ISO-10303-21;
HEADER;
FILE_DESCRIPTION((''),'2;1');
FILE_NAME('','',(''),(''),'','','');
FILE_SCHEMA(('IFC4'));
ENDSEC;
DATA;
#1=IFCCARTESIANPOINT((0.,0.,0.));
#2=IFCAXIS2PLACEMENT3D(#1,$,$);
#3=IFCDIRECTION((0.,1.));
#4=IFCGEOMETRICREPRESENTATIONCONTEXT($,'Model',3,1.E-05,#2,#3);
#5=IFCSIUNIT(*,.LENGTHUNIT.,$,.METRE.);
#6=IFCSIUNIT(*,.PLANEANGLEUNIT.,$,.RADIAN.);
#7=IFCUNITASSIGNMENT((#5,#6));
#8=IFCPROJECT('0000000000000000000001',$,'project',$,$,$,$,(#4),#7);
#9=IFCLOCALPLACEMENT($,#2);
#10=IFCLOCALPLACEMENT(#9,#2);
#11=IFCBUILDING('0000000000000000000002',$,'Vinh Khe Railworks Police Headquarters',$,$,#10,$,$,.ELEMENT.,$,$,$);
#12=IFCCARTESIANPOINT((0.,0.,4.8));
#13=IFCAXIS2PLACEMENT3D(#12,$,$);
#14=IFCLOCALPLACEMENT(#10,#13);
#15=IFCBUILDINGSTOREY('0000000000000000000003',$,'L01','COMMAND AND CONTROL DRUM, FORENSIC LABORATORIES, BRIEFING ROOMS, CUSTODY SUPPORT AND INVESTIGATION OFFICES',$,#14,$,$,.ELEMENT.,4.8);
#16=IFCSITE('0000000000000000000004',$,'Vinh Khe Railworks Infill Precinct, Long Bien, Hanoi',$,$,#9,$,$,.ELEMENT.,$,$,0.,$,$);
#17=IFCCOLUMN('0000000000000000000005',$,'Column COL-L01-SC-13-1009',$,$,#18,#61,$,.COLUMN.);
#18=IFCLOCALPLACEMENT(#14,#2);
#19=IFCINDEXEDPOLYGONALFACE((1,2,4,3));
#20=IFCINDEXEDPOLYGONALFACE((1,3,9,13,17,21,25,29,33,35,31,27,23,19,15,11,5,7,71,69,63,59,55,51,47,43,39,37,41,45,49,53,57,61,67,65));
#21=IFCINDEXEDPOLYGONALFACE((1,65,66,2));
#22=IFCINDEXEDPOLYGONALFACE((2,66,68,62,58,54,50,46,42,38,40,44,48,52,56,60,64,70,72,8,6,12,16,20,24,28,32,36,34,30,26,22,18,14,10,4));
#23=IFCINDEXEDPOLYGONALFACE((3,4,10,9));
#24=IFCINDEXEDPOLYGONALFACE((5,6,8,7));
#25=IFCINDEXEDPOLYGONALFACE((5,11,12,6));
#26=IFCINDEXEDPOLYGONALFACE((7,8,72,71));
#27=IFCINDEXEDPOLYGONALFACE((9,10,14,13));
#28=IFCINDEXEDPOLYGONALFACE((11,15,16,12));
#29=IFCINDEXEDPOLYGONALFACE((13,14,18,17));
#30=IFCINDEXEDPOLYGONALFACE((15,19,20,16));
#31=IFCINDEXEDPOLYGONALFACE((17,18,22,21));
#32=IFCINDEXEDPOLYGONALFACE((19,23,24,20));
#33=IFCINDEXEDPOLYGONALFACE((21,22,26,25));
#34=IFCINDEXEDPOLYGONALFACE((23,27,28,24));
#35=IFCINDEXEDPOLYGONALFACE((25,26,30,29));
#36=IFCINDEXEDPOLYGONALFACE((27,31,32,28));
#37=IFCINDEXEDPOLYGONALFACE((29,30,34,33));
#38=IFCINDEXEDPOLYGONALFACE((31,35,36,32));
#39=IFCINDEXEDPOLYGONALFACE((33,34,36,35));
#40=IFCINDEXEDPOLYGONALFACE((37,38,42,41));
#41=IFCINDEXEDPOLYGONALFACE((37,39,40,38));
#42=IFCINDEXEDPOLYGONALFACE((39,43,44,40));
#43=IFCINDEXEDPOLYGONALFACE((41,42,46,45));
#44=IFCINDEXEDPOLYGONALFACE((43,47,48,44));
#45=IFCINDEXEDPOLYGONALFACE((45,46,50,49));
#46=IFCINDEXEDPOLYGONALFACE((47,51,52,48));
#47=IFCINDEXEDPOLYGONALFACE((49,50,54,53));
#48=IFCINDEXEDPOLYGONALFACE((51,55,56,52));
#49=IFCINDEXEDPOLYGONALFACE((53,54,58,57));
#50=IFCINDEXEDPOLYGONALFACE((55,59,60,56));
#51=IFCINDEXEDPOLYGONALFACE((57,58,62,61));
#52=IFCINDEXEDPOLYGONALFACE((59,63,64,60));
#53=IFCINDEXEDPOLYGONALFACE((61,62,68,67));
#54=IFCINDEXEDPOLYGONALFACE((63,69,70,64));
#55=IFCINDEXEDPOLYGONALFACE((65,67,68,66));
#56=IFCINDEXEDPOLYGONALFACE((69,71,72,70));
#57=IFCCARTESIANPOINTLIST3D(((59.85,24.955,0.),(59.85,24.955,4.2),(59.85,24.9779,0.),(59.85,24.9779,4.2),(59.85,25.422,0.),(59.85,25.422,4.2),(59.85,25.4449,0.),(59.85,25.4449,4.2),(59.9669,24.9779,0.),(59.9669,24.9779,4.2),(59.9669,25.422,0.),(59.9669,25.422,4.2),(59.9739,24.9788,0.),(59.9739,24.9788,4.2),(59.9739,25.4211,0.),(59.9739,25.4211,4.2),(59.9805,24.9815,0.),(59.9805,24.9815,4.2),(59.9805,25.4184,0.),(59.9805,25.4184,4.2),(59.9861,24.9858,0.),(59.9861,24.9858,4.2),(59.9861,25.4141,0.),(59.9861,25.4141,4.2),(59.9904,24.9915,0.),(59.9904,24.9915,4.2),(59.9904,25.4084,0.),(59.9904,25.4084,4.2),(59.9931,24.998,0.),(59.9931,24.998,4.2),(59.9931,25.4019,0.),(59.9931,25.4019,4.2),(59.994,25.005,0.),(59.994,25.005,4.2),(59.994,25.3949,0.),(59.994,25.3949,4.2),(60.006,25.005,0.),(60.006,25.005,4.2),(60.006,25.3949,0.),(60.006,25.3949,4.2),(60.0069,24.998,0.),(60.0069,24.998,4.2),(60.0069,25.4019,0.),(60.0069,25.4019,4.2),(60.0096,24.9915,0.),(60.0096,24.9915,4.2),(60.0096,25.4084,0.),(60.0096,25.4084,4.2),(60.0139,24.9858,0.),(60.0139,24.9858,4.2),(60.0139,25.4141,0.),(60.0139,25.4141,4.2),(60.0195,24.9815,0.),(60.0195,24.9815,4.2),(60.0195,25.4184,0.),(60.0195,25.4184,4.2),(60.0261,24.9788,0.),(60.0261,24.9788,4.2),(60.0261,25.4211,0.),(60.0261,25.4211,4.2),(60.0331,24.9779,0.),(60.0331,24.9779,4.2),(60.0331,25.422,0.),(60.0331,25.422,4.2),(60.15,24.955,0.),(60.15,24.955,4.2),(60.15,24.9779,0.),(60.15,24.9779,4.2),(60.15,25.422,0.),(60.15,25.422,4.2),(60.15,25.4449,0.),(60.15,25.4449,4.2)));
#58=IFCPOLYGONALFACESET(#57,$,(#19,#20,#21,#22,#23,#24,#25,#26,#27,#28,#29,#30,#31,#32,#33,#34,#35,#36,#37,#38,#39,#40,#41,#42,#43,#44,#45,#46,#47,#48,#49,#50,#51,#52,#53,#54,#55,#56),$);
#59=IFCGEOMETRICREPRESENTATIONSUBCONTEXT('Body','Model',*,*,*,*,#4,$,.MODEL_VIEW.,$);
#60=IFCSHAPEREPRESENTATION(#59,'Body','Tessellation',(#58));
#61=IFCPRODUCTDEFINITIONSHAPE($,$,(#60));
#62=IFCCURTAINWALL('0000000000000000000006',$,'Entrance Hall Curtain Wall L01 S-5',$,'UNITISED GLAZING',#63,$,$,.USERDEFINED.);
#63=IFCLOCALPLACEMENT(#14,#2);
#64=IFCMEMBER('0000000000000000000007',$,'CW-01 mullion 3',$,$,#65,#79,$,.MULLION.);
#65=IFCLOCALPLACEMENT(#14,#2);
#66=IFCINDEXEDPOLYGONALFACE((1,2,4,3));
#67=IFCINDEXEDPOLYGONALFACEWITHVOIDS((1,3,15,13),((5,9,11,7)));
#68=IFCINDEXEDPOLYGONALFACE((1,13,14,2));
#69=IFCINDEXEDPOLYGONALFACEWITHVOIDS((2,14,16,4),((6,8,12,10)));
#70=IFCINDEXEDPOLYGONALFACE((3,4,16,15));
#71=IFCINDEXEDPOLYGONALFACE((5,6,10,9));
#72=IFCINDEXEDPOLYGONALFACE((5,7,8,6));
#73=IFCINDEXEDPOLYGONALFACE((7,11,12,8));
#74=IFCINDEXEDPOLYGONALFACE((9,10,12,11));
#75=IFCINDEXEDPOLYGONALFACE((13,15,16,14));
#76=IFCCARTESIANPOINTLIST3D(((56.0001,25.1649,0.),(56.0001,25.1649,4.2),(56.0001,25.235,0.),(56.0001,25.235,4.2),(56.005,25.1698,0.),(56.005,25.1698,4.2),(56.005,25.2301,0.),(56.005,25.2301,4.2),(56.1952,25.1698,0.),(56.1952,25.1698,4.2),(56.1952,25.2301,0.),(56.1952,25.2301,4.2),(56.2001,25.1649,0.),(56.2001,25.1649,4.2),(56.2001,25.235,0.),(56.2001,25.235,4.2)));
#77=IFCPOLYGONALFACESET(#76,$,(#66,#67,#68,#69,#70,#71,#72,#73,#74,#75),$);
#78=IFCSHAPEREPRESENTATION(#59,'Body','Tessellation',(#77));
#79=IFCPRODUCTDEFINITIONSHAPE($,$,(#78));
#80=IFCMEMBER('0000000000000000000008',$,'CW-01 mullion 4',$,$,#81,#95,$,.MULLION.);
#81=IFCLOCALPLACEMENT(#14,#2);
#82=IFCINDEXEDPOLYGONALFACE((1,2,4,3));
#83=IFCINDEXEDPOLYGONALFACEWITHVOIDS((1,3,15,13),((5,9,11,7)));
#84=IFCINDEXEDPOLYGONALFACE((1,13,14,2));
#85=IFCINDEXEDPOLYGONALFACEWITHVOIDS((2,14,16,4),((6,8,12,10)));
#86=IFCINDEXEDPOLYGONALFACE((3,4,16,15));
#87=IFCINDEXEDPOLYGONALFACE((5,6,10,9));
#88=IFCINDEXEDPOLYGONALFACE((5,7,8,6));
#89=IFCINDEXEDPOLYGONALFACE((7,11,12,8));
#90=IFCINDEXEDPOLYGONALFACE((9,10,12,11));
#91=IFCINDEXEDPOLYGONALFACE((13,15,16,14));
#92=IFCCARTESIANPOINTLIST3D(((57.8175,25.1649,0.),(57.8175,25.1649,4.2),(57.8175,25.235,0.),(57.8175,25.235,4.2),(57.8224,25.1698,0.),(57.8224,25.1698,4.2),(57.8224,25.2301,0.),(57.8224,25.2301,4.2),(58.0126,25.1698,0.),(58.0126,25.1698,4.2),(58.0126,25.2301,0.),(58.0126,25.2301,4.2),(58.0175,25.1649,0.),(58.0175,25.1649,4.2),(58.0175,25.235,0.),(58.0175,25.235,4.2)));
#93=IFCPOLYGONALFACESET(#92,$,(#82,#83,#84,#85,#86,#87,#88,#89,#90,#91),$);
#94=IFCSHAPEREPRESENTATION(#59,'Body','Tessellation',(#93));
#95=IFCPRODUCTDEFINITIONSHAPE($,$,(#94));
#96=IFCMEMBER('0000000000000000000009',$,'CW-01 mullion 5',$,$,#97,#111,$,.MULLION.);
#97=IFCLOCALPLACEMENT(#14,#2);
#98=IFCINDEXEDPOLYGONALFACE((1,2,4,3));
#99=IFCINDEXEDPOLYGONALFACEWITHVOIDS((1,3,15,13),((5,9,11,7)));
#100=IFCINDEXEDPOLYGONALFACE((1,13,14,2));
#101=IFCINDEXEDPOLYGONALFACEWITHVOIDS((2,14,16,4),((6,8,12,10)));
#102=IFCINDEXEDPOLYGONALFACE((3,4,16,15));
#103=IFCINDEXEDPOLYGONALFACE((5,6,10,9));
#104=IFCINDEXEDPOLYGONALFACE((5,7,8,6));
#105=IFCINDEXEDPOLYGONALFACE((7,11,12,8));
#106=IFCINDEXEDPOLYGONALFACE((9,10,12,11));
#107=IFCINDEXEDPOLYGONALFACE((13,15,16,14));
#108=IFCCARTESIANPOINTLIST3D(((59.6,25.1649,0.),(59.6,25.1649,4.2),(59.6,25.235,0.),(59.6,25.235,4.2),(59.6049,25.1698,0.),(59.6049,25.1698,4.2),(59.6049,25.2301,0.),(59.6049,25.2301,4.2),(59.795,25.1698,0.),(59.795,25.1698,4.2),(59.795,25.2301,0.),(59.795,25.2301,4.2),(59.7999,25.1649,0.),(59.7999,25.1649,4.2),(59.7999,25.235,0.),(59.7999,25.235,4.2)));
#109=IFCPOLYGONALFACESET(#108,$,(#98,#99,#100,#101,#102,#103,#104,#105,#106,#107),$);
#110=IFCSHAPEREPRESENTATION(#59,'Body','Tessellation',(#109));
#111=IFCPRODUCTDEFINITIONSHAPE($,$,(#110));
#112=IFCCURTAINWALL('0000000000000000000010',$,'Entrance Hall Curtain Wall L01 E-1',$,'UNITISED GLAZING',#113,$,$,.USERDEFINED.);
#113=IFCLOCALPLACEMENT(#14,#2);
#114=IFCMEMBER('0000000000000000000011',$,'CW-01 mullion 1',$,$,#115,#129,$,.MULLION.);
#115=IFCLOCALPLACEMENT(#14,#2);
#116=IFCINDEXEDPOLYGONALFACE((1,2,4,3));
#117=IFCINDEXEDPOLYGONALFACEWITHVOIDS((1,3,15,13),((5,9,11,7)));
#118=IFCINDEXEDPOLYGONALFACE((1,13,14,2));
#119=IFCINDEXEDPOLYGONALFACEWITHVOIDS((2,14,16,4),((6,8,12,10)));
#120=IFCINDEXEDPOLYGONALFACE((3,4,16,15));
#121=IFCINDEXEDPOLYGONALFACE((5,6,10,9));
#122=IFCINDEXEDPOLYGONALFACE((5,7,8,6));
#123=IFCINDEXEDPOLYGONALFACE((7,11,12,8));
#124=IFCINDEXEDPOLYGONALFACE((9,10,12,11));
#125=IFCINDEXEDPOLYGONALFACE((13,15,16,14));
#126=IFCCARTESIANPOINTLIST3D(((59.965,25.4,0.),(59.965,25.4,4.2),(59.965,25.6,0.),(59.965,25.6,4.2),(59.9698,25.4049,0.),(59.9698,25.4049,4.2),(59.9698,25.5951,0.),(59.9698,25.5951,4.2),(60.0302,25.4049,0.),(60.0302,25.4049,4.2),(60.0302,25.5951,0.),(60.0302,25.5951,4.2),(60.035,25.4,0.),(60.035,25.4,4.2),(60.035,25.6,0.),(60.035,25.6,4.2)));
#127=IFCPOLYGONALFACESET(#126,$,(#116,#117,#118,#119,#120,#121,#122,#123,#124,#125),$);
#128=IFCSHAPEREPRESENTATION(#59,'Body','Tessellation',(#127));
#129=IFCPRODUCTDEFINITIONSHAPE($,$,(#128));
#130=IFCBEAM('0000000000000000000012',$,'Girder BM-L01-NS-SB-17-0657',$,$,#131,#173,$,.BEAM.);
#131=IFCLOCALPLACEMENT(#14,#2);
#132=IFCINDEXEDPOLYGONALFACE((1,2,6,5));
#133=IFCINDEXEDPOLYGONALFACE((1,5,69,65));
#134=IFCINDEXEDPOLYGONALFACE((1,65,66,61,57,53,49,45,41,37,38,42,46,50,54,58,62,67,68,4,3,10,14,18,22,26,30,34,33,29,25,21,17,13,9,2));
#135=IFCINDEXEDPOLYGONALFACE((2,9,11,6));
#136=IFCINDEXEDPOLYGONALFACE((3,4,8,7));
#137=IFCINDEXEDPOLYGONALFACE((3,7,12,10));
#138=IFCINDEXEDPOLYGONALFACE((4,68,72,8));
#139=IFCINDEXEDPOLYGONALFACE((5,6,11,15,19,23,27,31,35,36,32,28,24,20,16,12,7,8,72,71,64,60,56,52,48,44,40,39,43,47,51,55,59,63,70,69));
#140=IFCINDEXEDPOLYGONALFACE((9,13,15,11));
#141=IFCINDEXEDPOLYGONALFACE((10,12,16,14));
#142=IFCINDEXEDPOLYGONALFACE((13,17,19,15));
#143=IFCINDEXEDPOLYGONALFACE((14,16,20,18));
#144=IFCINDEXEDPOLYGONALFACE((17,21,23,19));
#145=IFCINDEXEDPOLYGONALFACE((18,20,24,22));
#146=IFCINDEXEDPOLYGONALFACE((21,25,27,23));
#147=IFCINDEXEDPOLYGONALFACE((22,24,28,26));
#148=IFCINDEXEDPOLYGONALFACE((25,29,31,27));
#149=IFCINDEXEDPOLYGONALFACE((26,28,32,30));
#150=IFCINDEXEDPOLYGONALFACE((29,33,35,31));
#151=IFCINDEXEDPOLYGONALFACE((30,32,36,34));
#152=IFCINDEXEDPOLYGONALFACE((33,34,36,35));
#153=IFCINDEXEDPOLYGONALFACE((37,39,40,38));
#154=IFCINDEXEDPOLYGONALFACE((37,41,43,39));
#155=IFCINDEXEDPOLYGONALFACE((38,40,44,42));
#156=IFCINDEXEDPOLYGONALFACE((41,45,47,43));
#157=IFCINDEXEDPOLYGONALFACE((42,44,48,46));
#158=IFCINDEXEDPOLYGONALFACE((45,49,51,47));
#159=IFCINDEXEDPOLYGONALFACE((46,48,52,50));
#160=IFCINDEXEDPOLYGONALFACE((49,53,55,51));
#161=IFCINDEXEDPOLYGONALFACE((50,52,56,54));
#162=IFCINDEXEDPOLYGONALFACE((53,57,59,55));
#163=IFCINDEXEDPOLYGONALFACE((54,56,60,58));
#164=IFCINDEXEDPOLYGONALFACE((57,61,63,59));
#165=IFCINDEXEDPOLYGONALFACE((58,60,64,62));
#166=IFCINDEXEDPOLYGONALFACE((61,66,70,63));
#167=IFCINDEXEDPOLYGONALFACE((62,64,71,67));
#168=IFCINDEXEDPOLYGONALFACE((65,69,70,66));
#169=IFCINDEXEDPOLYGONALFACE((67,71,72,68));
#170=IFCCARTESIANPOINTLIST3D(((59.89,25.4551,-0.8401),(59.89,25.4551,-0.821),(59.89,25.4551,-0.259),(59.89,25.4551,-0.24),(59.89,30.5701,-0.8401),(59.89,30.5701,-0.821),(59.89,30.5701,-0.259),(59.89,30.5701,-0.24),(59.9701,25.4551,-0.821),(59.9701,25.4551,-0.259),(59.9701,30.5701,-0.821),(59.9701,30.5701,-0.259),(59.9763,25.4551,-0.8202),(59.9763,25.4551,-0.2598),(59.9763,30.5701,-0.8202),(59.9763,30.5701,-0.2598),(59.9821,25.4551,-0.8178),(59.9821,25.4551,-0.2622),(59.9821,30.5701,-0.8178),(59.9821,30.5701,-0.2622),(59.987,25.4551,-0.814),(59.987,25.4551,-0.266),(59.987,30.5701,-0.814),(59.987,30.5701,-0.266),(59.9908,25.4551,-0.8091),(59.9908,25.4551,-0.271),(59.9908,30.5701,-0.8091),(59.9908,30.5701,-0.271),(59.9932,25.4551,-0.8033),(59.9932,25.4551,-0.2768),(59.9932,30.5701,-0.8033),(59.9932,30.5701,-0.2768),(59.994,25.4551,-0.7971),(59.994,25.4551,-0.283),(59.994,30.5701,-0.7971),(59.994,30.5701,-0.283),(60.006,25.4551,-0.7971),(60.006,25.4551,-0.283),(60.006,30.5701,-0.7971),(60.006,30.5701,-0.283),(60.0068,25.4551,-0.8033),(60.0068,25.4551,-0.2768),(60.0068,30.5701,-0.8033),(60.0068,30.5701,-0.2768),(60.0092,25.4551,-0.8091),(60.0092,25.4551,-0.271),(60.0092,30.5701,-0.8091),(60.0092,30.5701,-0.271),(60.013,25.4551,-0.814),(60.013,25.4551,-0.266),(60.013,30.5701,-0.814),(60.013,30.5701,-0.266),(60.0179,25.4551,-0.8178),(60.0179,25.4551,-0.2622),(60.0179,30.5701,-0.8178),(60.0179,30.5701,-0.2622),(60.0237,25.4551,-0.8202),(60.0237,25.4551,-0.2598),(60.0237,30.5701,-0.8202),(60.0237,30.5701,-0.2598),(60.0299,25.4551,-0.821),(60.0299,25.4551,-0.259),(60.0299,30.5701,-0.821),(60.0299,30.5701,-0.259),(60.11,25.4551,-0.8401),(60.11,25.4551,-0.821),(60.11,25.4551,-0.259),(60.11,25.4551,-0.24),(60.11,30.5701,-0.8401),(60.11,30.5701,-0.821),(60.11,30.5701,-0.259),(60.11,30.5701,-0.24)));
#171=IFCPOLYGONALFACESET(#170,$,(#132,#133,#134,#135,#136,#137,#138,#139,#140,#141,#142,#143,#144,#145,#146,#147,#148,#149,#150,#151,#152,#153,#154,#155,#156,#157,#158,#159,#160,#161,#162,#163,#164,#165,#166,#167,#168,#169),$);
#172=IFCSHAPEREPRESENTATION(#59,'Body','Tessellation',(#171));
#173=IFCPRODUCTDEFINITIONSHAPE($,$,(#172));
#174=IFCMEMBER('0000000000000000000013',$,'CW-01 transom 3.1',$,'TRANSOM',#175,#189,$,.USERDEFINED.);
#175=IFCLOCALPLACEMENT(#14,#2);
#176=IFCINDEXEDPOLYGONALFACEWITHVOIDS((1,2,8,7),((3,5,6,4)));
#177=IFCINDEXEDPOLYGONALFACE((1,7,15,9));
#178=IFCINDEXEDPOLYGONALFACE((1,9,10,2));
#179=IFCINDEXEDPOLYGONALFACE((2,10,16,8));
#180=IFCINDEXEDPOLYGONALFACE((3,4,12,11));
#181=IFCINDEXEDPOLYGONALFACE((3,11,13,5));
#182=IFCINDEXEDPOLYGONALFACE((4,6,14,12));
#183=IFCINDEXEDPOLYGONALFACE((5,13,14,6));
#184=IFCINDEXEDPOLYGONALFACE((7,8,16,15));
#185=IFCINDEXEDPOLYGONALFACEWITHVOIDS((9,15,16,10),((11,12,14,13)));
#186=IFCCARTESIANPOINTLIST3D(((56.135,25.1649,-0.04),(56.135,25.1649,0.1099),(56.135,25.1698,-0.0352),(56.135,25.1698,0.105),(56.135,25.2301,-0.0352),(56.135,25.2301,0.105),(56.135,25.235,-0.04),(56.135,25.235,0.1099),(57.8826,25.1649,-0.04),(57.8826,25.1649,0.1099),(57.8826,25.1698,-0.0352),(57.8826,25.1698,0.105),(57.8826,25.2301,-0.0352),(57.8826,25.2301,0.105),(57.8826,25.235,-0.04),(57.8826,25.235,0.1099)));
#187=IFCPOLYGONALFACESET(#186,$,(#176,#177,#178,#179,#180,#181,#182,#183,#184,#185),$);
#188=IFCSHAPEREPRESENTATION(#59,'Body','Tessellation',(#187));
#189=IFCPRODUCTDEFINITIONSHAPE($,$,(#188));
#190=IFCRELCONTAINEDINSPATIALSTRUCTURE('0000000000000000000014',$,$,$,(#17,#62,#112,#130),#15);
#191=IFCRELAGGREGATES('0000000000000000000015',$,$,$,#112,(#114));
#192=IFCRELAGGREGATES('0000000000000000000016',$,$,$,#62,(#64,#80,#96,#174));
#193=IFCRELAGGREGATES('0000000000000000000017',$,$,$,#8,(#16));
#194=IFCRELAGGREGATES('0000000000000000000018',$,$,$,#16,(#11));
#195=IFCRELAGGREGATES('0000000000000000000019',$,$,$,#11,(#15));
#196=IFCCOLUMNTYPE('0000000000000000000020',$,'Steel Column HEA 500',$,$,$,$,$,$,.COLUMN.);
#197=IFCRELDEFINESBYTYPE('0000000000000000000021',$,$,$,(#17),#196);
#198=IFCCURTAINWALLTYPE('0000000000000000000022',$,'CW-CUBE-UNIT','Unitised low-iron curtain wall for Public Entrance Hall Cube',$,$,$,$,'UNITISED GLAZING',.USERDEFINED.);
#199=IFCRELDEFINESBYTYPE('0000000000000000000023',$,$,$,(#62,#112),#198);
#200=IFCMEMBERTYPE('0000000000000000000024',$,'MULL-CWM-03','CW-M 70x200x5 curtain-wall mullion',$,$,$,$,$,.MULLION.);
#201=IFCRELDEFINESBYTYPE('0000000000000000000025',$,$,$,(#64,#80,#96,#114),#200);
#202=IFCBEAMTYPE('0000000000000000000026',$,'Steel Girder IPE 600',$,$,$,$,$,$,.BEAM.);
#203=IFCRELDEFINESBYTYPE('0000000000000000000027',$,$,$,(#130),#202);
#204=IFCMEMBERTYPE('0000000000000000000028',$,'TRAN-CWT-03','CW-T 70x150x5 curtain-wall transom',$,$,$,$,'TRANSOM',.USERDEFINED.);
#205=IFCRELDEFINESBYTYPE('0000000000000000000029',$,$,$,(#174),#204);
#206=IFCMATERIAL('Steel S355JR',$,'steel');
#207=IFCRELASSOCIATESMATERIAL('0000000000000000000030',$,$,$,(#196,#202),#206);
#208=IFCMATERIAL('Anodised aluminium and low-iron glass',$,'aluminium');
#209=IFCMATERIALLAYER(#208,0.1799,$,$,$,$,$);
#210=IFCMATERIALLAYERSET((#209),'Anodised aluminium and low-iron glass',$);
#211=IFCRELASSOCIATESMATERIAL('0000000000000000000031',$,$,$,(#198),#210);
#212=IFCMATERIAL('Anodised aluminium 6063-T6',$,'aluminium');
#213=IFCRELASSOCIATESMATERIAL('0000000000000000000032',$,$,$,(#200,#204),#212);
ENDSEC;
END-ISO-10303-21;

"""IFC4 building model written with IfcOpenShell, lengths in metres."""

from ifc_helpers import new_model, si_unit, direction, frame, origin, origin_2d, place, context, subcontext, project, spatial, hollow_rectangle, i_section, extrude, material, layer, layer_set, material_profile, profile_set, type_object, element, aggregate, save


model = new_model("IFC4")

# Units and contexts
model_context = context("Model", 3, precision=1e-05, world=origin(), true_north=direction((0.0, 1.0)))
body_context = subcontext(model_context, "Body", "Model", "MODEL_VIEW")
ifc_project = project(units=[si_unit("LENGTHUNIT", "METRE"), si_unit("PLANEANGLEUNIT", "RADIAN")], contexts=[model_context])

# Site, building, storey
site_placement = place(None, origin())
site = spatial("IfcSite", under=ifc_project, at=site_placement, Name="Vinh Khe Railworks Infill Precinct, Long Bien, Hanoi", CompositionType="ELEMENT", RefElevation=0.0)
building_placement = place(site_placement, origin())
building = spatial("IfcBuilding", under=site, at=building_placement, Name="Vinh Khe Railworks Police Headquarters", CompositionType="ELEMENT")
storey_placement = place(building_placement, frame((0.0, 0.0, 4.8)))
storey = spatial("IfcBuildingStorey", under=building, at=storey_placement, Name="L01", Description="COMMAND AND CONTROL DRUM, FORENSIC LABORATORIES, BRIEFING ROOMS, CUSTODY SUPPORT AND INVESTIGATION OFFICES", CompositionType="ELEMENT", Elevation=4.8)

# Column
ifc_material_1 = material(Name="Steel S355JR", Category="steel")
ifc_material_profile_1 = material_profile(ifc_material_1, i_section(OverallWidth=0.3, OverallDepth=0.49, WebThickness=0.012, FlangeThickness=0.0229, FilletRadius=0.0271, at=origin_2d()), Name="HEA 500")
ifc_profile_set_1 = profile_set([ifc_material_profile_1], Name="Steel S355JR")
column_type = type_object("IfcColumnType", Name="Steel Column HEA 500", PredefinedType="COLUMN", material=ifc_profile_set_1)
column_placement = place(storey_placement, frame((60.0, 25.2, 0.0), z_axis=(0.0, 0.0, 1.0), x_axis=(1.0, 0.0, 0.0)))
element("IfcColumn", 1, at=column_placement, inside=storey, type_object=column_type, Name="Column COL-L01-SC-13-1009", PredefinedType="COLUMN", context=body_context, shape_type="SweptSolid", body=[
    extrude(i_section(OverallWidth=0.3, OverallDepth=0.49, WebThickness=0.012, FlangeThickness=0.0229, FilletRadius=0.0271, at=origin_2d()), origin(), (0.0, 0.0, 1.0), 4.2),
])

# Curtain wall, members
ifc_material_2 = material(Name="Anodised aluminium and low-iron glass", Category="aluminium")
ifc_layer_1 = layer(ifc_material_2, 0.1799)
ifc_layer_set_1 = layer_set([ifc_layer_1], Name="Anodised aluminium and low-iron glass")
curtain_wall_type = type_object("IfcCurtainWallType", Name="CW-CUBE-UNIT", Description="Unitised low-iron curtain wall for Public Entrance Hall Cube", ElementType="UNITISED GLAZING", PredefinedType="USERDEFINED", material=ifc_layer_set_1)
curtain_wall_1_placement = place(storey_placement, origin())
curtain_wall_1 = element("IfcCurtainWall", 2, at=curtain_wall_1_placement, inside=storey, type_object=curtain_wall_type, Name="Entrance Hall Curtain Wall L01 S-5", ObjectType="UNITISED GLAZING", PredefinedType="USERDEFINED")
ifc_material_3 = material(Name="Anodised aluminium 6063-T6", Category="aluminium")
ifc_material_profile_2 = material_profile(ifc_material_3, hollow_rectangle(XDim=0.0701, YDim=0.2, WallThickness=0.0049, at=origin_2d()), Name="CW-M 70x200x5")
ifc_profile_set_2 = profile_set([ifc_material_profile_2], Name="Anodised aluminium 6063-T6")
member_type_1 = type_object("IfcMemberType", Name="MULL-CWM-03", Description="CW-M 70x200x5 curtain-wall mullion", PredefinedType="MULLION", material=ifc_profile_set_2)
member_1_placement = place(storey_placement, frame((56.1001, 25.2, 0.0), z_axis=(0.0, 0.0, 1.0), x_axis=(0.0, 1.0, 0.0)))
member_1 = element("IfcMember", 3, at=member_1_placement, type_object=member_type_1, Name="CW-01 mullion 3", PredefinedType="MULLION", context=body_context, shape_type="SweptSolid", body=[
    extrude(hollow_rectangle(XDim=0.0701, YDim=0.2, WallThickness=0.0049, at=origin_2d()), origin(), (0.0, 0.0, 1.0), 4.2),
])
member_2_placement = place(storey_placement, frame((57.9175, 25.2, 0.0), z_axis=(0.0, 0.0, 1.0), x_axis=(0.0, 1.0, 0.0)))
member_2 = element("IfcMember", 4, at=member_2_placement, type_object=member_type_1, Name="CW-01 mullion 4", PredefinedType="MULLION", context=body_context, shape_type="SweptSolid", body=[
    extrude(hollow_rectangle(XDim=0.0701, YDim=0.2, WallThickness=0.0049, at=origin_2d()), origin(), (0.0, 0.0, 1.0), 4.2),
])
member_3_placement = place(storey_placement, frame((59.7, 25.2, 0.0), z_axis=(0.0, 0.0, 1.0), x_axis=(0.0, 1.0, 0.0)))
member_3 = element("IfcMember", 5, at=member_3_placement, type_object=member_type_1, Name="CW-01 mullion 5", PredefinedType="MULLION", context=body_context, shape_type="SweptSolid", body=[
    extrude(hollow_rectangle(XDim=0.0701, YDim=0.2, WallThickness=0.0049, at=origin_2d()), origin(), (0.0, 0.0, 1.0), 4.2),
])

# Curtain wall, member
curtain_wall_2_placement = place(storey_placement, origin())
curtain_wall_2 = element("IfcCurtainWall", 6, at=curtain_wall_2_placement, inside=storey, type_object=curtain_wall_type, Name="Entrance Hall Curtain Wall L01 E-1", ObjectType="UNITISED GLAZING", PredefinedType="USERDEFINED")
member_4_placement = place(storey_placement, frame((60.0, 25.5, 0.0), z_axis=(0.0, 0.0, 1.0), x_axis=(-1.0, 0.0, 0.0)))
member_4 = element("IfcMember", 7, at=member_4_placement, type_object=member_type_1, Name="CW-01 mullion 1", PredefinedType="MULLION", context=body_context, shape_type="SweptSolid", body=[
    extrude(hollow_rectangle(XDim=0.0701, YDim=0.2, WallThickness=0.0049, at=origin_2d()), origin(), (0.0, 0.0, 1.0), 4.2),
])

# Beam
ifc_material_profile_3 = material_profile(ifc_material_1, i_section(OverallWidth=0.22, OverallDepth=0.6001, WebThickness=0.012, FlangeThickness=0.019, FilletRadius=0.0239, at=origin_2d()), Name="IPE 600")
ifc_profile_set_3 = profile_set([ifc_material_profile_3], Name="Steel S355JR")
beam_type = type_object("IfcBeamType", Name="Steel Girder IPE 600", PredefinedType="BEAM", material=ifc_profile_set_3)
beam_placement = place(storey_placement, frame((60.0, 25.4551, -0.54), z_axis=(0.0, 1.0, 0.0), x_axis=(-1.0, 0.0, 0.0)))
element("IfcBeam", 8, at=beam_placement, inside=storey, type_object=beam_type, Name="Girder BM-L01-NS-SB-17-0657", PredefinedType="BEAM", context=body_context, shape_type="SweptSolid", body=[
    extrude(i_section(OverallWidth=0.22, OverallDepth=0.6001, WebThickness=0.012, FlangeThickness=0.019, FilletRadius=0.0239, at=origin_2d()), origin(), (0.0, 0.0, 1.0), 5.115),
])

# Member
ifc_material_profile_4 = material_profile(ifc_material_3, hollow_rectangle(XDim=0.0701, YDim=0.1499, WallThickness=0.0049, at=origin_2d()), Name="CW-T 70x150x5")
ifc_profile_set_4 = profile_set([ifc_material_profile_4], Name="Anodised aluminium 6063-T6")
member_type_2 = type_object("IfcMemberType", Name="TRAN-CWT-03", Description="CW-T 70x150x5 curtain-wall transom", ElementType="TRANSOM", PredefinedType="USERDEFINED", material=ifc_profile_set_4)
member_5_placement = place(storey_placement, frame((56.135, 25.2, 0.0349), z_axis=(1.0, 0.0, 0.0), x_axis=(0.0, 1.0, 0.0)))
member_5 = element("IfcMember", 9, at=member_5_placement, type_object=member_type_2, Name="CW-01 transom 3.1", ObjectType="TRANSOM", PredefinedType="USERDEFINED", context=body_context, shape_type="SweptSolid", body=[
    extrude(hollow_rectangle(XDim=0.0701, YDim=0.1499, WallThickness=0.0049, at=origin_2d()), origin(), (0.0, 0.0, 1.0), 1.7476),
])
aggregate(curtain_wall_2, [member_4])

aggregate(curtain_wall_1, [member_1, member_2, member_3, member_5])

save(model, "model.ifc")
